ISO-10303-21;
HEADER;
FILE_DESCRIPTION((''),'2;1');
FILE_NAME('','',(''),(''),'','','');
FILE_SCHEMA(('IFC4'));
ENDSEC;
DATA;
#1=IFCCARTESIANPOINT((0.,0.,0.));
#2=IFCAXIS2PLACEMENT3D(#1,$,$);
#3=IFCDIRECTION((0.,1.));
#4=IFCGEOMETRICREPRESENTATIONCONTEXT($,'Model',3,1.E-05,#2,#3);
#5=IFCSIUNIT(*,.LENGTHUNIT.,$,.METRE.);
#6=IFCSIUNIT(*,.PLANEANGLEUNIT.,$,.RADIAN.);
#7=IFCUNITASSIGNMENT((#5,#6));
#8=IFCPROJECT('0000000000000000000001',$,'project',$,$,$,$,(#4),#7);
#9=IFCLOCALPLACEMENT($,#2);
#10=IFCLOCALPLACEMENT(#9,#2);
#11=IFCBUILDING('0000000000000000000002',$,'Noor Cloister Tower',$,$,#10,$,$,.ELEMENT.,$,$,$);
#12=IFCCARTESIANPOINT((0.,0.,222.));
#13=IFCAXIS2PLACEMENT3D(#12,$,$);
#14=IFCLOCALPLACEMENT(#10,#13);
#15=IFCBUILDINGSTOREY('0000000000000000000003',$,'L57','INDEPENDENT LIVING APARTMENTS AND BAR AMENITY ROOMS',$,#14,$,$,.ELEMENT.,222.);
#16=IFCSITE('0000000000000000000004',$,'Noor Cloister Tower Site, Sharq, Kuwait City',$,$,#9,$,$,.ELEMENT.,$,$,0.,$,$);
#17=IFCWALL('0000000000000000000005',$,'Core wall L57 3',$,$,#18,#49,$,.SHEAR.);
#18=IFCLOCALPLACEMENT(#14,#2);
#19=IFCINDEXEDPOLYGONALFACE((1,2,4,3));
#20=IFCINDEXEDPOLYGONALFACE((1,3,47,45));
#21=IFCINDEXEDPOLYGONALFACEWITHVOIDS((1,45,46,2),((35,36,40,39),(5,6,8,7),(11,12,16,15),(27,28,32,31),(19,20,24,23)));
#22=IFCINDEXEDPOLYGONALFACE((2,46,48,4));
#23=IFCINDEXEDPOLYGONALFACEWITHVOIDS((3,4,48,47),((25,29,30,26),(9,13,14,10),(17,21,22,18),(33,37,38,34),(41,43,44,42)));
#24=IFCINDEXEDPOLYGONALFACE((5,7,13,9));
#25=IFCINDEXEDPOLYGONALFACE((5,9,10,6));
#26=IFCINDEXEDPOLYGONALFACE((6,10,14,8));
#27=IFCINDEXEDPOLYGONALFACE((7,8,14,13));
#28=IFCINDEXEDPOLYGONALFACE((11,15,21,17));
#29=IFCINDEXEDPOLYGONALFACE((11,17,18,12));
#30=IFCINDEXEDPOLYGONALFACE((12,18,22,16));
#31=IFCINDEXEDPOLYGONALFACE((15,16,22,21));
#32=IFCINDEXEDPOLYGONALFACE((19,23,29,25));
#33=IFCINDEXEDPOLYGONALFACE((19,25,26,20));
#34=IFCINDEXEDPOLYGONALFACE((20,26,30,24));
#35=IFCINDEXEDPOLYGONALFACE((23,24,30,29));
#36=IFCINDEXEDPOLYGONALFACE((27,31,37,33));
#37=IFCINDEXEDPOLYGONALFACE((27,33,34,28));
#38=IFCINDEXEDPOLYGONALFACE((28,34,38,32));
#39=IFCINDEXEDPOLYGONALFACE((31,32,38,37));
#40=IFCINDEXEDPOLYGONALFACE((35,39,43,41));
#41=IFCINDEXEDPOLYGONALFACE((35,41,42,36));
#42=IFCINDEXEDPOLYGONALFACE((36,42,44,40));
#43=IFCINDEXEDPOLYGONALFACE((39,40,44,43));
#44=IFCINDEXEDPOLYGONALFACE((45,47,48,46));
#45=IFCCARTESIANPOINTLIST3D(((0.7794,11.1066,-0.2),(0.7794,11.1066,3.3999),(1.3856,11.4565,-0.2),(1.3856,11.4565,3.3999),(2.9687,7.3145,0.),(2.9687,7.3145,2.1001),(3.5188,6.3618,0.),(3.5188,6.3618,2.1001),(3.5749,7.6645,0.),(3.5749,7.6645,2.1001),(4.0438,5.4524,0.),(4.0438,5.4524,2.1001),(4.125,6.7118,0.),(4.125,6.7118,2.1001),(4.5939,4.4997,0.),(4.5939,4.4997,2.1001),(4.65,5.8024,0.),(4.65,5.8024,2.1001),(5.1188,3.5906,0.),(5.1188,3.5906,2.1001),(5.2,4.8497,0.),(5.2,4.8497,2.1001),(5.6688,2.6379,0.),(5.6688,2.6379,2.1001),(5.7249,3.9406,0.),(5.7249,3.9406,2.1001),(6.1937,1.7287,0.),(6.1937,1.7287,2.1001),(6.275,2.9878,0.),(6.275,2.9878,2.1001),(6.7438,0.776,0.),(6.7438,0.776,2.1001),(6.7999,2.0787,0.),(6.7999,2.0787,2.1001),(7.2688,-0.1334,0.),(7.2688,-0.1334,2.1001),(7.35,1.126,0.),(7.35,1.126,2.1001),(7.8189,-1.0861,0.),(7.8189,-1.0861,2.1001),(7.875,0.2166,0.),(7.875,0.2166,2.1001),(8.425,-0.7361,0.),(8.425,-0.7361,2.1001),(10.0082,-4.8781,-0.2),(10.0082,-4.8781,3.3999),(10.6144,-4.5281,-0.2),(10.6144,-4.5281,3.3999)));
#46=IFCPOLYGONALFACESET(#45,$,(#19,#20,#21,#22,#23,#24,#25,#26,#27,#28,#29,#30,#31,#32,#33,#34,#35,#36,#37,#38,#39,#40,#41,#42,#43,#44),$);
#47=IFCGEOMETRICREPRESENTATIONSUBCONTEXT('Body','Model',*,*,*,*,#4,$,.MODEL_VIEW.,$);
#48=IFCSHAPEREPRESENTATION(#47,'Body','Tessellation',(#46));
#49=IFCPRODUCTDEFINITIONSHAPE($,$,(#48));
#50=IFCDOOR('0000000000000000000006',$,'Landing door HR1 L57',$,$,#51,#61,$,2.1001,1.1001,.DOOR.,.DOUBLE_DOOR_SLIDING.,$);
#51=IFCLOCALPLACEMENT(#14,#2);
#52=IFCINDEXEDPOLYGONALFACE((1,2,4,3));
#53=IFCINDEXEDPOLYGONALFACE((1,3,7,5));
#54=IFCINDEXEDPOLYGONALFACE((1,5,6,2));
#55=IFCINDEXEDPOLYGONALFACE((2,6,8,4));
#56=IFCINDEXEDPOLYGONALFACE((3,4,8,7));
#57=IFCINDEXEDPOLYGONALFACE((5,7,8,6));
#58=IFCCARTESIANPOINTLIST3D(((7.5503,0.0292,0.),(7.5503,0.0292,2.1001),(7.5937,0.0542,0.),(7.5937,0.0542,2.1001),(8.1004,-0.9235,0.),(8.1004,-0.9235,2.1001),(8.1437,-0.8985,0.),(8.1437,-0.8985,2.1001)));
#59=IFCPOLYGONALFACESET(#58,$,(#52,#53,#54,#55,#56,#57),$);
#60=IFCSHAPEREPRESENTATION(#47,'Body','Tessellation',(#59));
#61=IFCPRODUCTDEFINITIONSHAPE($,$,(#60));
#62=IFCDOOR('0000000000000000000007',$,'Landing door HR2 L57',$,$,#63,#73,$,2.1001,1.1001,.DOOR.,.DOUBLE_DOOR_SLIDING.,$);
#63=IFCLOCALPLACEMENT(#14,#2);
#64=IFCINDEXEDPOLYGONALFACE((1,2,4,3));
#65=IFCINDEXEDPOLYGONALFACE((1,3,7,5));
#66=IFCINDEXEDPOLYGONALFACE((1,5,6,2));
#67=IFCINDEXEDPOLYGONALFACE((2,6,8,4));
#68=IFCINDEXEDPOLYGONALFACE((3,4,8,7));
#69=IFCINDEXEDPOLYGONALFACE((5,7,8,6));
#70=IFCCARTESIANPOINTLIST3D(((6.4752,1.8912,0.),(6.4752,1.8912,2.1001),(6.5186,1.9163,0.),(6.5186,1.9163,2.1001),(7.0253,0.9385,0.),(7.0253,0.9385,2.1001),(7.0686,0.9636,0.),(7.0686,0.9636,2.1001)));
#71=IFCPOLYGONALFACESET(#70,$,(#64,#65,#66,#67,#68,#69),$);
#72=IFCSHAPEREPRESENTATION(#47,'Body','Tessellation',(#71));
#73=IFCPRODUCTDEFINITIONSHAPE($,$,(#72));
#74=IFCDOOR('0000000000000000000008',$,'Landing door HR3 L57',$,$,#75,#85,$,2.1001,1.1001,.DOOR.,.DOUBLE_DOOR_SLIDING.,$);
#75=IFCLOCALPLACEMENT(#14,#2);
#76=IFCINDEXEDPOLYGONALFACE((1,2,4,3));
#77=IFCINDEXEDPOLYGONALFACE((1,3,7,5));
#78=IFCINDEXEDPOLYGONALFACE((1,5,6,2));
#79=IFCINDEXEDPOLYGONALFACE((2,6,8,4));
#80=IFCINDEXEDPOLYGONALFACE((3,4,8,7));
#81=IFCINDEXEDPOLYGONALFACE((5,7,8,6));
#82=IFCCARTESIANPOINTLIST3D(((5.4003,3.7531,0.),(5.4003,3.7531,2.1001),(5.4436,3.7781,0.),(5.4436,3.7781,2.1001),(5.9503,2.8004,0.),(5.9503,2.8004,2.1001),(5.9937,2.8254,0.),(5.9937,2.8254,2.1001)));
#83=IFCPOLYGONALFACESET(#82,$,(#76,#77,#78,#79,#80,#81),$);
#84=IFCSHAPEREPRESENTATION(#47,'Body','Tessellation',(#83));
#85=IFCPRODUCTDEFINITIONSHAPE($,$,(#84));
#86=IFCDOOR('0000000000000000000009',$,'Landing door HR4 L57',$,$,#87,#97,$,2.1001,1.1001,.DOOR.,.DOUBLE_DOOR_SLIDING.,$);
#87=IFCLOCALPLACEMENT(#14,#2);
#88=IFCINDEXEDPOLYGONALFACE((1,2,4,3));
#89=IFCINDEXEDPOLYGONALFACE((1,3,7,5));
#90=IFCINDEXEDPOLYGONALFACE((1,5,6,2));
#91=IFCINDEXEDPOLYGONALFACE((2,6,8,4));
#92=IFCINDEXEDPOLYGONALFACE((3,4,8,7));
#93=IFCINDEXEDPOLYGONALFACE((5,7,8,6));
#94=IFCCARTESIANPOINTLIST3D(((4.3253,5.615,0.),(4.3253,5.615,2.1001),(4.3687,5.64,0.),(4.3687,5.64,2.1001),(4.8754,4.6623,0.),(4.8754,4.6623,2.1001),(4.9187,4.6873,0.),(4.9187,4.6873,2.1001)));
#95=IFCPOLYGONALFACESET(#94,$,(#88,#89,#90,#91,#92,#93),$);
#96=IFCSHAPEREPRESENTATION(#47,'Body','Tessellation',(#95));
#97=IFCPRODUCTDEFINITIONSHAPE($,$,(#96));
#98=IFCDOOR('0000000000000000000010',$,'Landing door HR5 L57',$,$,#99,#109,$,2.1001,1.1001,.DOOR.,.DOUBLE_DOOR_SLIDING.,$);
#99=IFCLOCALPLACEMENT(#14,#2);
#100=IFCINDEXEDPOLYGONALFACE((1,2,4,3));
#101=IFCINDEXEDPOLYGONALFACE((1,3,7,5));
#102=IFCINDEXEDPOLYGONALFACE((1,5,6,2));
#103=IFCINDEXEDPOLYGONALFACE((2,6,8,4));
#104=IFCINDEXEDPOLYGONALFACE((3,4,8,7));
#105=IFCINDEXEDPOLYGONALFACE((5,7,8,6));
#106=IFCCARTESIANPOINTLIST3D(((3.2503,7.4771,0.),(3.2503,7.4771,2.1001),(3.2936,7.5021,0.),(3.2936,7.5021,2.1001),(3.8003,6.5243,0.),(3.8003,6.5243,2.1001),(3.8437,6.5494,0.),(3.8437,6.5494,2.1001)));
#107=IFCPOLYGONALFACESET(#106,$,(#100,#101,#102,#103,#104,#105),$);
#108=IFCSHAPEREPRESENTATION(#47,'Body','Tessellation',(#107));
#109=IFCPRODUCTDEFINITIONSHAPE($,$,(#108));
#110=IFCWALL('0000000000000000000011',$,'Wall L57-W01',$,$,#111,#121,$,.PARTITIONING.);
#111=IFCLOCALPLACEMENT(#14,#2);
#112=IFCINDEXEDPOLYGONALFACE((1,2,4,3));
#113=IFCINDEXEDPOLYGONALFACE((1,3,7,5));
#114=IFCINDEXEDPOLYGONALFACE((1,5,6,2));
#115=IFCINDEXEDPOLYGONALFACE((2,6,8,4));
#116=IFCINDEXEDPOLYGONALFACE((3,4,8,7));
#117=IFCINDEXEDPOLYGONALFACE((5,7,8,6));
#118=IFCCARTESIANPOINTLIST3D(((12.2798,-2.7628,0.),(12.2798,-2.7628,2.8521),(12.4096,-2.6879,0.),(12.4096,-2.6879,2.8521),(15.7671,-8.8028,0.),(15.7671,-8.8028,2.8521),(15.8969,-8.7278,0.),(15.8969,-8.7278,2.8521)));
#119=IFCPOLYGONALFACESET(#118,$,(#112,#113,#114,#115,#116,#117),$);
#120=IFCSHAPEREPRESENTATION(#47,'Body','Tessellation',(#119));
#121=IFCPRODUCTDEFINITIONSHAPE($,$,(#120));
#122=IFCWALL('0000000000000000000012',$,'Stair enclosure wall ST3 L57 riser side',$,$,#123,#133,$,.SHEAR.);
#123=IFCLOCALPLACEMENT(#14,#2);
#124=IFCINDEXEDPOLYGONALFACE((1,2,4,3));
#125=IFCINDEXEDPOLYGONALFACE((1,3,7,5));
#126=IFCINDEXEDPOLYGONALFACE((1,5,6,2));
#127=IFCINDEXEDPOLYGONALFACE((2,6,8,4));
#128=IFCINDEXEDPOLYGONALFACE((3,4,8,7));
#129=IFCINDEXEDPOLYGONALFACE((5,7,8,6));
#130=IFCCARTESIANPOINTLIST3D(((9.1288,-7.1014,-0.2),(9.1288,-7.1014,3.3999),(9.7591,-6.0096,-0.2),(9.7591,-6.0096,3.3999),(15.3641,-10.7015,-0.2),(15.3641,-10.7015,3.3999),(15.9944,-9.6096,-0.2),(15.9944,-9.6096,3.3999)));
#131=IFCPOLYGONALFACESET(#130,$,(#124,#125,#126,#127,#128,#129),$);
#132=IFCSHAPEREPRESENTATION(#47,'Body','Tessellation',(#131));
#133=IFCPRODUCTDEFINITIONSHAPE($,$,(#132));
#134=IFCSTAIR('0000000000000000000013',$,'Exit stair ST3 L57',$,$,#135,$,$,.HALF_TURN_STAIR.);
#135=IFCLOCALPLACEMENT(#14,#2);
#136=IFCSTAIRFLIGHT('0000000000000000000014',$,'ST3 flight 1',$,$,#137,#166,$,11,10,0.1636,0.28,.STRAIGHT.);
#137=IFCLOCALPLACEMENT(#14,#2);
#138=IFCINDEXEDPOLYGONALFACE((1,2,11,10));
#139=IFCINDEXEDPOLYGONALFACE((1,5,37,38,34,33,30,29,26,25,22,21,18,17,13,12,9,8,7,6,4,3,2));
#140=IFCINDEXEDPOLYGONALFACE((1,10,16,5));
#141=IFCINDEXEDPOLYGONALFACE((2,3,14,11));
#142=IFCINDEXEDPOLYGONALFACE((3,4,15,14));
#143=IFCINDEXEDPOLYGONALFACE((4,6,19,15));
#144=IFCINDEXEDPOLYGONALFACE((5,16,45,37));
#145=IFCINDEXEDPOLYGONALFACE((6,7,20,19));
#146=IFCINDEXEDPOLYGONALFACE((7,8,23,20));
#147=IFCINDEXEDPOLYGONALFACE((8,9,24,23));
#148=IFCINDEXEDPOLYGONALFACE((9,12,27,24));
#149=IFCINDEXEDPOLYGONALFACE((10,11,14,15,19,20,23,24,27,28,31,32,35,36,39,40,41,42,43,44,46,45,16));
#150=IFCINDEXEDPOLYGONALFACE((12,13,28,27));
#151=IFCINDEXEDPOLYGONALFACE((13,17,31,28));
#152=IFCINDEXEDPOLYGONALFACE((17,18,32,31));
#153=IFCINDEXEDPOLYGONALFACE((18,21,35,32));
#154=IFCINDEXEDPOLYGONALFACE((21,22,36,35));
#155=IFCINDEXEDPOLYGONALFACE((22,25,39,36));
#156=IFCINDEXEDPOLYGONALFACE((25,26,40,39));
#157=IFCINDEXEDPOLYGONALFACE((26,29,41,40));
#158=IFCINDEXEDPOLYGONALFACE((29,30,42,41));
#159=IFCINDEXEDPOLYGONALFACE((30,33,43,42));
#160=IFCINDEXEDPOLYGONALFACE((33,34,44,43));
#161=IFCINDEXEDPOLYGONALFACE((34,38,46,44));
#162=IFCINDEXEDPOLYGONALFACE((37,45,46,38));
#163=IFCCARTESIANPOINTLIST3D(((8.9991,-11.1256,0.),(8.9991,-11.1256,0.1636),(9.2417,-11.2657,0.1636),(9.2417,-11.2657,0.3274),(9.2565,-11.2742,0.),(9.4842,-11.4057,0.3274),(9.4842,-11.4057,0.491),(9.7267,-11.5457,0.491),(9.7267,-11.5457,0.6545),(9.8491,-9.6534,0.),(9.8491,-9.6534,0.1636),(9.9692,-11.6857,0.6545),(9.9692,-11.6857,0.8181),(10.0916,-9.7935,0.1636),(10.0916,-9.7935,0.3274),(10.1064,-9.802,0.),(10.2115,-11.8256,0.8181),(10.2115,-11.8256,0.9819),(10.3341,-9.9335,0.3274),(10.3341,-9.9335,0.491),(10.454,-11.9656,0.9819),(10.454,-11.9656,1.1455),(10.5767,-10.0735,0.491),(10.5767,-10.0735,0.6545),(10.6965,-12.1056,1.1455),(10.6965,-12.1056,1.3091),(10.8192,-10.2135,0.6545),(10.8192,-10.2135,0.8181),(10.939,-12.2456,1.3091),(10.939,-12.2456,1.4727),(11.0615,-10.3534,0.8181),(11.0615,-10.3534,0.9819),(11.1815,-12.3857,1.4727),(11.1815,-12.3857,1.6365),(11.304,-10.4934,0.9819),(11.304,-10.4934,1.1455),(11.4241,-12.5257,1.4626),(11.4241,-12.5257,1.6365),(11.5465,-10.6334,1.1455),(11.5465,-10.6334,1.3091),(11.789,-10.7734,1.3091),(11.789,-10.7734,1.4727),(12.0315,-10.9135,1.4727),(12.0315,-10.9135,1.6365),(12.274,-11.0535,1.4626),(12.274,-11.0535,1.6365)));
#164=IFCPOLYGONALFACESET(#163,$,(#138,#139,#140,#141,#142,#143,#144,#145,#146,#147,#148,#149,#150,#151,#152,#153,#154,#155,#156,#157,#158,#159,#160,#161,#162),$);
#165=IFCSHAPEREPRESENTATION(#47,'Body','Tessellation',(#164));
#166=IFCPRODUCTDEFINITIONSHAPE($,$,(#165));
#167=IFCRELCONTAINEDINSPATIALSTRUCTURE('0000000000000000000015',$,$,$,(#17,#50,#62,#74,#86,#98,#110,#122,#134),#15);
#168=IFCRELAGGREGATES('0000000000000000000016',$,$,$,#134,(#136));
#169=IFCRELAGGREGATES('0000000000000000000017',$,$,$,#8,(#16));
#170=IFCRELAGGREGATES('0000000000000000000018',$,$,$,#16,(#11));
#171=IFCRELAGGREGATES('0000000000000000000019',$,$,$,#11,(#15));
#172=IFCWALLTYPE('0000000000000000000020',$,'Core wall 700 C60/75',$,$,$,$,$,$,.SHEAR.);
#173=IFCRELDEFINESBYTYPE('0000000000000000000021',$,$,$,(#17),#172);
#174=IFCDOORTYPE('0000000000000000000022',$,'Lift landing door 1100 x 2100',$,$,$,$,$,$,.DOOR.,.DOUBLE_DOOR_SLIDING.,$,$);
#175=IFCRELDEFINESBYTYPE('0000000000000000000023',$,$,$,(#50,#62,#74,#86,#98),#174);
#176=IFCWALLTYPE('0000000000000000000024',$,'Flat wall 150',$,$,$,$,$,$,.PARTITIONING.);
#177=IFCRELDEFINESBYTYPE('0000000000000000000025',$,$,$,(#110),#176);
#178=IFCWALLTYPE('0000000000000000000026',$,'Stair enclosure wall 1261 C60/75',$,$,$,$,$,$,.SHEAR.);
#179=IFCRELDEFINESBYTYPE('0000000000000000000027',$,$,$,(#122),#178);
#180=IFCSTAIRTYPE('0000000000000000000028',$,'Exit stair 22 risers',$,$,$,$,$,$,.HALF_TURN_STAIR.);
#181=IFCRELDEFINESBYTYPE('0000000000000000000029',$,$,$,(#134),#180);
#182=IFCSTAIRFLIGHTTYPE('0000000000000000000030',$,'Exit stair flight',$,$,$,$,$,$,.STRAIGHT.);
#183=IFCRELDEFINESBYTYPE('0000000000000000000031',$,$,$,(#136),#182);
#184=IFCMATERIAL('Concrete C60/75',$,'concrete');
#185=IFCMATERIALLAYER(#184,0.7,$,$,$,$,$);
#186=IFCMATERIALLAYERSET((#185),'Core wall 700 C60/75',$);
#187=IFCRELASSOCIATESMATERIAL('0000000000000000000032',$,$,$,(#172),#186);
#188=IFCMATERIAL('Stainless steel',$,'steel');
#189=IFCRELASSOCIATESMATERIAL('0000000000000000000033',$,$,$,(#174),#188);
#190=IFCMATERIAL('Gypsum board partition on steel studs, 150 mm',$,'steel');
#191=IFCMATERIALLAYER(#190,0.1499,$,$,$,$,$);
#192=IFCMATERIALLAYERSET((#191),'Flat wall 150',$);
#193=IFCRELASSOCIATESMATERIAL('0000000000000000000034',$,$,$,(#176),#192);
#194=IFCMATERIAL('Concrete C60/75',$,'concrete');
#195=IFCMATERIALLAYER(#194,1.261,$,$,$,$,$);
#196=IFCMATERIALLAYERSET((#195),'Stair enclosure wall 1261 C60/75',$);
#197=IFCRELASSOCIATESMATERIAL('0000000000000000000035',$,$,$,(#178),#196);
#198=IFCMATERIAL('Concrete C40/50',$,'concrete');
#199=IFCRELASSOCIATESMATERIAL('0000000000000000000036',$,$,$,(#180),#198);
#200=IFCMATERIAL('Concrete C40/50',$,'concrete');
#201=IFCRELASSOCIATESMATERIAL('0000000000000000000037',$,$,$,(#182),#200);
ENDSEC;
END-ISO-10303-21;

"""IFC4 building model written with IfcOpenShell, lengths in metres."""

from ifc_helpers import new_model, si_unit, direction, frame, frame_2d, origin, place, context, subcontext, project, spatial, polyline, rectangle, outline, extrude, material, layer, layer_set, type_object, element, fill, aggregate, save


model = new_model("IFC4")

# Units and contexts
model_context = context("Model", 3, precision=1e-05, world=origin(), true_north=direction((0.0, 1.0)))
body_context = subcontext(model_context, "Body", "Model", "MODEL_VIEW")
ifc_project = project(units=[si_unit("LENGTHUNIT", "METRE"), si_unit("PLANEANGLEUNIT", "RADIAN")], contexts=[model_context])

# Site, building, storey
site_placement = place(None, origin())
site = spatial("IfcSite", under=ifc_project, at=site_placement, Name="Noor Cloister Tower Site, Sharq, Kuwait City", CompositionType="ELEMENT", RefElevation=0.0)
building_placement = place(site_placement, origin())
building = spatial("IfcBuilding", under=site, at=building_placement, Name="Noor Cloister Tower", CompositionType="ELEMENT")
storey_placement = place(building_placement, frame((0.0, 0.0, 222.0)))
storey = spatial("IfcBuildingStorey", under=building, at=storey_placement, Name="L57", Description="INDEPENDENT LIVING APARTMENTS AND BAR AMENITY ROOMS", CompositionType="ELEMENT", Elevation=222.0)

# Wall, openings, doors
ifc_material_1 = material(Name="Concrete C60/75", Category="concrete")
ifc_layer_1 = layer(ifc_material_1, 0.7)
ifc_layer_set_1 = layer_set([ifc_layer_1], Name="Core wall 700 C60/75")
wall_type_1 = type_object("IfcWallType", Name="Core wall 700 C60/75", PredefinedType="SHEAR", material=ifc_layer_set_1)
wall_1_placement = place(storey_placement, frame((10.3113, -4.7031, -0.2), z_axis=(0.0, 0.0, 1.0), x_axis=(-0.500001, 0.866025, 0.0)))
wall_1 = element("IfcWall", 1, at=wall_1_placement, inside=storey, type_object=wall_type_1, Name="Core wall L57 3", PredefinedType="SHEAR", context=body_context, shape_type="SweptSolid", body=[
    extrude(rectangle(XDim=18.4575, YDim=0.7, at=frame_2d((9.2288, 0.0))), origin(), (0.0, 0.0, 1.0), 3.5999),
])
opening_1_placement = place(wall_1_placement, frame((4.3787, 0.0, 0.2)))
opening_1 = element("IfcOpeningElement", 2, at=opening_1_placement, cuts=wall_1, PredefinedType="OPENING", context=body_context, shape_type="SweptSolid", body=[
    extrude(rectangle(XDim=1.1001, YDim=2.1001, at=frame_2d((0.55, 1.05))), frame((0.0, 0.3599, 0.0), z_axis=(0.0, -1.0, 0.0), x_axis=(1.0, 0.0, 0.0)), (0.0, 0.0, 1.0), 0.72),
])
opening_2_placement = place(wall_1_placement, frame((6.5288, 0.0, 0.2)))
opening_2 = element("IfcOpeningElement", 3, at=opening_2_placement, cuts=wall_1, PredefinedType="OPENING", context=body_context, shape_type="SweptSolid", body=[
    extrude(rectangle(XDim=1.1001, YDim=2.1001, at=frame_2d((0.55, 1.05))), frame((0.0, 0.3599, 0.0), z_axis=(0.0, -1.0, 0.0), x_axis=(1.0, 0.0, 0.0)), (0.0, 0.0, 1.0), 0.72),
])
opening_3_placement = place(wall_1_placement, frame((8.6787, 0.0, 0.2)))
opening_3 = element("IfcOpeningElement", 4, at=opening_3_placement, cuts=wall_1, PredefinedType="OPENING", context=body_context, shape_type="SweptSolid", body=[
    extrude(rectangle(XDim=1.1001, YDim=2.1001, at=frame_2d((0.55, 1.05))), frame((0.0, 0.3599, 0.0), z_axis=(0.0, -1.0, 0.0), x_axis=(1.0, 0.0, 0.0)), (0.0, 0.0, 1.0), 0.72),
])
opening_4_placement = place(wall_1_placement, frame((10.8286, 0.0, 0.2)))
opening_4 = element("IfcOpeningElement", 5, at=opening_4_placement, cuts=wall_1, PredefinedType="OPENING", context=body_context, shape_type="SweptSolid", body=[
    extrude(rectangle(XDim=1.1001, YDim=2.1001, at=frame_2d((0.55, 1.05))), frame((0.0, 0.3599, 0.0), z_axis=(0.0, -1.0, 0.0), x_axis=(1.0, 0.0, 0.0)), (0.0, 0.0, 1.0), 0.72),
])
opening_5_placement = place(wall_1_placement, frame((12.9788, 0.0, 0.2)))
opening_5 = element("IfcOpeningElement", 6, at=opening_5_placement, cuts=wall_1, PredefinedType="OPENING", context=body_context, shape_type="SweptSolid", body=[
    extrude(rectangle(XDim=1.1001, YDim=2.1001, at=frame_2d((0.55, 1.05))), frame((0.0, 0.3599, 0.0), z_axis=(0.0, -1.0, 0.0), x_axis=(1.0, 0.0, 0.0)), (0.0, 0.0, 1.0), 0.72),
])
ifc_material_2 = material(Name="Stainless steel", Category="steel")
door_type = type_object("IfcDoorType", Name="Lift landing door 1100 x 2100", OperationType="DOUBLE_DOOR_SLIDING", PredefinedType="DOOR", material=ifc_material_2)
door_1_placement = place(opening_1_placement, origin())
door_1 = element("IfcDoor", 7, at=door_1_placement, inside=storey, type_object=door_type, Name="Landing door HR1 L57", OperationType="DOUBLE_DOOR_SLIDING", OverallHeight=2.1001, OverallWidth=1.1001, PredefinedType="DOOR", context=body_context, shape_type="SweptSolid", body=[
    extrude(rectangle(XDim=1.1001, YDim=2.1001, at=frame_2d((0.55, 1.05))), frame((0.0, 0.0249, 0.0), z_axis=(0.0, -1.0, 0.0), x_axis=(1.0, 0.0, 0.0)), (0.0, 0.0, 1.0), 0.05),
])
fill(opening_1, door_1)
door_2_placement = place(opening_2_placement, origin())
door_2 = element("IfcDoor", 8, at=door_2_placement, inside=storey, type_object=door_type, Name="Landing door HR2 L57", OperationType="DOUBLE_DOOR_SLIDING", OverallHeight=2.1001, OverallWidth=1.1001, PredefinedType="DOOR", context=body_context, shape_type="SweptSolid", body=[
    extrude(rectangle(XDim=1.1001, YDim=2.1001, at=frame_2d((0.55, 1.05))), frame((0.0, 0.0249, 0.0), z_axis=(0.0, -1.0, 0.0), x_axis=(1.0, 0.0, 0.0)), (0.0, 0.0, 1.0), 0.05),
])
fill(opening_2, door_2)
door_3_placement = place(opening_3_placement, origin())
door_3 = element("IfcDoor", 9, at=door_3_placement, inside=storey, type_object=door_type, Name="Landing door HR3 L57", OperationType="DOUBLE_DOOR_SLIDING", OverallHeight=2.1001, OverallWidth=1.1001, PredefinedType="DOOR", context=body_context, shape_type="SweptSolid", body=[
    extrude(rectangle(XDim=1.1001, YDim=2.1001, at=frame_2d((0.55, 1.05))), frame((0.0, 0.0249, 0.0), z_axis=(0.0, -1.0, 0.0), x_axis=(1.0, 0.0, 0.0)), (0.0, 0.0, 1.0), 0.05),
])
fill(opening_3, door_3)
door_4_placement = place(opening_4_placement, origin())
door_4 = element("IfcDoor", 10, at=door_4_placement, inside=storey, type_object=door_type, Name="Landing door HR4 L57", OperationType="DOUBLE_DOOR_SLIDING", OverallHeight=2.1001, OverallWidth=1.1001, PredefinedType="DOOR", context=body_context, shape_type="SweptSolid", body=[
    extrude(rectangle(XDim=1.1001, YDim=2.1001, at=frame_2d((0.55, 1.05))), frame((0.0, 0.0249, 0.0), z_axis=(0.0, -1.0, 0.0), x_axis=(1.0, 0.0, 0.0)), (0.0, 0.0, 1.0), 0.05),
])
fill(opening_4, door_4)
door_5_placement = place(opening_5_placement, origin())
door_5 = element("IfcDoor", 11, at=door_5_placement, inside=storey, type_object=door_type, Name="Landing door HR5 L57", OperationType="DOUBLE_DOOR_SLIDING", OverallHeight=2.1001, OverallWidth=1.1001, PredefinedType="DOOR", context=body_context, shape_type="SweptSolid", body=[
    extrude(rectangle(XDim=1.1001, YDim=2.1001, at=frame_2d((0.55, 1.05))), frame((0.0, 0.0249, 0.0), z_axis=(0.0, -1.0, 0.0), x_axis=(1.0, 0.0, 0.0)), (0.0, 0.0, 1.0), 0.05),
])
fill(opening_5, door_5)

# Walls
ifc_material_3 = material(Name="Gypsum board partition on steel studs, 150 mm", Category="steel")
ifc_layer_2 = layer(ifc_material_3, 0.1499)
ifc_layer_set_2 = layer_set([ifc_layer_2], Name="Flat wall 150")
wall_type_2 = type_object("IfcWallType", Name="Flat wall 150", PredefinedType="PARTITIONING", material=ifc_layer_set_2)
wall_2_placement = place(storey_placement, frame((15.832, -8.7654, 0.0), z_axis=(0.0, 0.0, 1.0), x_axis=(-0.500009, 0.86602, 0.0)))
element("IfcWall", 12, at=wall_2_placement, inside=storey, type_object=wall_type_2, Name="Wall L57-W01", PredefinedType="PARTITIONING", context=body_context, shape_type="SweptSolid", body=[
    extrude(rectangle(XDim=6.9744, YDim=0.1499, at=frame_2d((3.4873, 0.0))), origin(), (0.0, 0.0, 1.0), 2.8521),
])
ifc_material_4 = material(Name="Concrete C60/75", Category="concrete")
ifc_layer_3 = layer(ifc_material_4, 1.261)
ifc_layer_set_3 = layer_set([ifc_layer_3], Name="Stair enclosure wall 1261 C60/75")
wall_type_3 = type_object("IfcWallType", Name="Stair enclosure wall 1261 C60/75", PredefinedType="SHEAR", material=ifc_layer_set_3)
wall_3_placement = place(storey_placement, frame((9.4438, -6.5554, -0.2), z_axis=(0.0, 0.0, 1.0), x_axis=(0.866018, -0.500012, 0.0)))
element("IfcWall", 13, at=wall_3_placement, inside=storey, type_object=wall_type_3, Name="Stair enclosure wall ST3 L57 riser side", PredefinedType="SHEAR", context=body_context, shape_type="SweptSolid", body=[
    extrude(rectangle(XDim=7.2, YDim=1.2607, at=frame_2d((3.6001, 0.0))), origin(), (0.0, 0.0, 1.0), 3.5999),
])

# Stair, stair flight
ifc_material_5 = material(Name="Concrete C40/50", Category="concrete")
stair_type = type_object("IfcStairType", Name="Exit stair 22 risers", PredefinedType="HALF_TURN_STAIR", material=ifc_material_5)
stair_placement = place(storey_placement, origin())
stair = element("IfcStair", 14, at=stair_placement, inside=storey, type_object=stair_type, Name="Exit stair ST3 L57", PredefinedType="HALF_TURN_STAIR")
ifc_material_6 = material(Name="Concrete C40/50", Category="concrete")
stair_flight_type = type_object("IfcStairFlightType", Name="Exit stair flight", PredefinedType="STRAIGHT", material=ifc_material_6)
stair_flight_1_placement = place(storey_placement, frame((9.4241, -10.3896, 0.0), z_axis=(0.0, 0.0, 1.0), x_axis=(0.866025, -0.5, 0.0)))
stair_flight_1 = element("IfcStairFlight", 15, at=stair_flight_1_placement, type_object=stair_flight_type, Name="ST3 flight 1", NumberOfRisers=11, NumberOfTreads=10, PredefinedType="STRAIGHT", RiserHeight=0.1636, TreadLength=0.28, context=body_context, shape_type="SweptSolid", body=[
    extrude(outline(polyline([(0.0, 0.0), (0.0, 0.1636), (0.28, 0.1636), (0.28, 0.3274), (0.5601, 0.3274), (0.5601, 0.491), (0.8401, 0.491), (0.8401, 0.6545), (1.1201, 0.6545), (1.1201, 0.8181), (1.3999, 0.8181), (1.3999, 0.9819), (1.6799, 0.9819), (1.6799, 1.1455), (1.96, 1.1455), (1.96, 1.3091), (2.24, 1.3091), (2.24, 1.4727), (2.52, 1.4727), (2.52, 1.6365), (2.8, 1.6365), (2.8, 1.8), (2.8, 1.4626), (0.2971, 0.0), (0.0, 0.0)])), frame((0.0, 0.8501, 0.0), z_axis=(0.0, -1.0, 0.0), x_axis=(1.0, 0.0, 0.0)), (0.0, 0.0, 1.0), 1.7),
])
aggregate(stair, [stair_flight_1])

save(model, "model.ifc")
